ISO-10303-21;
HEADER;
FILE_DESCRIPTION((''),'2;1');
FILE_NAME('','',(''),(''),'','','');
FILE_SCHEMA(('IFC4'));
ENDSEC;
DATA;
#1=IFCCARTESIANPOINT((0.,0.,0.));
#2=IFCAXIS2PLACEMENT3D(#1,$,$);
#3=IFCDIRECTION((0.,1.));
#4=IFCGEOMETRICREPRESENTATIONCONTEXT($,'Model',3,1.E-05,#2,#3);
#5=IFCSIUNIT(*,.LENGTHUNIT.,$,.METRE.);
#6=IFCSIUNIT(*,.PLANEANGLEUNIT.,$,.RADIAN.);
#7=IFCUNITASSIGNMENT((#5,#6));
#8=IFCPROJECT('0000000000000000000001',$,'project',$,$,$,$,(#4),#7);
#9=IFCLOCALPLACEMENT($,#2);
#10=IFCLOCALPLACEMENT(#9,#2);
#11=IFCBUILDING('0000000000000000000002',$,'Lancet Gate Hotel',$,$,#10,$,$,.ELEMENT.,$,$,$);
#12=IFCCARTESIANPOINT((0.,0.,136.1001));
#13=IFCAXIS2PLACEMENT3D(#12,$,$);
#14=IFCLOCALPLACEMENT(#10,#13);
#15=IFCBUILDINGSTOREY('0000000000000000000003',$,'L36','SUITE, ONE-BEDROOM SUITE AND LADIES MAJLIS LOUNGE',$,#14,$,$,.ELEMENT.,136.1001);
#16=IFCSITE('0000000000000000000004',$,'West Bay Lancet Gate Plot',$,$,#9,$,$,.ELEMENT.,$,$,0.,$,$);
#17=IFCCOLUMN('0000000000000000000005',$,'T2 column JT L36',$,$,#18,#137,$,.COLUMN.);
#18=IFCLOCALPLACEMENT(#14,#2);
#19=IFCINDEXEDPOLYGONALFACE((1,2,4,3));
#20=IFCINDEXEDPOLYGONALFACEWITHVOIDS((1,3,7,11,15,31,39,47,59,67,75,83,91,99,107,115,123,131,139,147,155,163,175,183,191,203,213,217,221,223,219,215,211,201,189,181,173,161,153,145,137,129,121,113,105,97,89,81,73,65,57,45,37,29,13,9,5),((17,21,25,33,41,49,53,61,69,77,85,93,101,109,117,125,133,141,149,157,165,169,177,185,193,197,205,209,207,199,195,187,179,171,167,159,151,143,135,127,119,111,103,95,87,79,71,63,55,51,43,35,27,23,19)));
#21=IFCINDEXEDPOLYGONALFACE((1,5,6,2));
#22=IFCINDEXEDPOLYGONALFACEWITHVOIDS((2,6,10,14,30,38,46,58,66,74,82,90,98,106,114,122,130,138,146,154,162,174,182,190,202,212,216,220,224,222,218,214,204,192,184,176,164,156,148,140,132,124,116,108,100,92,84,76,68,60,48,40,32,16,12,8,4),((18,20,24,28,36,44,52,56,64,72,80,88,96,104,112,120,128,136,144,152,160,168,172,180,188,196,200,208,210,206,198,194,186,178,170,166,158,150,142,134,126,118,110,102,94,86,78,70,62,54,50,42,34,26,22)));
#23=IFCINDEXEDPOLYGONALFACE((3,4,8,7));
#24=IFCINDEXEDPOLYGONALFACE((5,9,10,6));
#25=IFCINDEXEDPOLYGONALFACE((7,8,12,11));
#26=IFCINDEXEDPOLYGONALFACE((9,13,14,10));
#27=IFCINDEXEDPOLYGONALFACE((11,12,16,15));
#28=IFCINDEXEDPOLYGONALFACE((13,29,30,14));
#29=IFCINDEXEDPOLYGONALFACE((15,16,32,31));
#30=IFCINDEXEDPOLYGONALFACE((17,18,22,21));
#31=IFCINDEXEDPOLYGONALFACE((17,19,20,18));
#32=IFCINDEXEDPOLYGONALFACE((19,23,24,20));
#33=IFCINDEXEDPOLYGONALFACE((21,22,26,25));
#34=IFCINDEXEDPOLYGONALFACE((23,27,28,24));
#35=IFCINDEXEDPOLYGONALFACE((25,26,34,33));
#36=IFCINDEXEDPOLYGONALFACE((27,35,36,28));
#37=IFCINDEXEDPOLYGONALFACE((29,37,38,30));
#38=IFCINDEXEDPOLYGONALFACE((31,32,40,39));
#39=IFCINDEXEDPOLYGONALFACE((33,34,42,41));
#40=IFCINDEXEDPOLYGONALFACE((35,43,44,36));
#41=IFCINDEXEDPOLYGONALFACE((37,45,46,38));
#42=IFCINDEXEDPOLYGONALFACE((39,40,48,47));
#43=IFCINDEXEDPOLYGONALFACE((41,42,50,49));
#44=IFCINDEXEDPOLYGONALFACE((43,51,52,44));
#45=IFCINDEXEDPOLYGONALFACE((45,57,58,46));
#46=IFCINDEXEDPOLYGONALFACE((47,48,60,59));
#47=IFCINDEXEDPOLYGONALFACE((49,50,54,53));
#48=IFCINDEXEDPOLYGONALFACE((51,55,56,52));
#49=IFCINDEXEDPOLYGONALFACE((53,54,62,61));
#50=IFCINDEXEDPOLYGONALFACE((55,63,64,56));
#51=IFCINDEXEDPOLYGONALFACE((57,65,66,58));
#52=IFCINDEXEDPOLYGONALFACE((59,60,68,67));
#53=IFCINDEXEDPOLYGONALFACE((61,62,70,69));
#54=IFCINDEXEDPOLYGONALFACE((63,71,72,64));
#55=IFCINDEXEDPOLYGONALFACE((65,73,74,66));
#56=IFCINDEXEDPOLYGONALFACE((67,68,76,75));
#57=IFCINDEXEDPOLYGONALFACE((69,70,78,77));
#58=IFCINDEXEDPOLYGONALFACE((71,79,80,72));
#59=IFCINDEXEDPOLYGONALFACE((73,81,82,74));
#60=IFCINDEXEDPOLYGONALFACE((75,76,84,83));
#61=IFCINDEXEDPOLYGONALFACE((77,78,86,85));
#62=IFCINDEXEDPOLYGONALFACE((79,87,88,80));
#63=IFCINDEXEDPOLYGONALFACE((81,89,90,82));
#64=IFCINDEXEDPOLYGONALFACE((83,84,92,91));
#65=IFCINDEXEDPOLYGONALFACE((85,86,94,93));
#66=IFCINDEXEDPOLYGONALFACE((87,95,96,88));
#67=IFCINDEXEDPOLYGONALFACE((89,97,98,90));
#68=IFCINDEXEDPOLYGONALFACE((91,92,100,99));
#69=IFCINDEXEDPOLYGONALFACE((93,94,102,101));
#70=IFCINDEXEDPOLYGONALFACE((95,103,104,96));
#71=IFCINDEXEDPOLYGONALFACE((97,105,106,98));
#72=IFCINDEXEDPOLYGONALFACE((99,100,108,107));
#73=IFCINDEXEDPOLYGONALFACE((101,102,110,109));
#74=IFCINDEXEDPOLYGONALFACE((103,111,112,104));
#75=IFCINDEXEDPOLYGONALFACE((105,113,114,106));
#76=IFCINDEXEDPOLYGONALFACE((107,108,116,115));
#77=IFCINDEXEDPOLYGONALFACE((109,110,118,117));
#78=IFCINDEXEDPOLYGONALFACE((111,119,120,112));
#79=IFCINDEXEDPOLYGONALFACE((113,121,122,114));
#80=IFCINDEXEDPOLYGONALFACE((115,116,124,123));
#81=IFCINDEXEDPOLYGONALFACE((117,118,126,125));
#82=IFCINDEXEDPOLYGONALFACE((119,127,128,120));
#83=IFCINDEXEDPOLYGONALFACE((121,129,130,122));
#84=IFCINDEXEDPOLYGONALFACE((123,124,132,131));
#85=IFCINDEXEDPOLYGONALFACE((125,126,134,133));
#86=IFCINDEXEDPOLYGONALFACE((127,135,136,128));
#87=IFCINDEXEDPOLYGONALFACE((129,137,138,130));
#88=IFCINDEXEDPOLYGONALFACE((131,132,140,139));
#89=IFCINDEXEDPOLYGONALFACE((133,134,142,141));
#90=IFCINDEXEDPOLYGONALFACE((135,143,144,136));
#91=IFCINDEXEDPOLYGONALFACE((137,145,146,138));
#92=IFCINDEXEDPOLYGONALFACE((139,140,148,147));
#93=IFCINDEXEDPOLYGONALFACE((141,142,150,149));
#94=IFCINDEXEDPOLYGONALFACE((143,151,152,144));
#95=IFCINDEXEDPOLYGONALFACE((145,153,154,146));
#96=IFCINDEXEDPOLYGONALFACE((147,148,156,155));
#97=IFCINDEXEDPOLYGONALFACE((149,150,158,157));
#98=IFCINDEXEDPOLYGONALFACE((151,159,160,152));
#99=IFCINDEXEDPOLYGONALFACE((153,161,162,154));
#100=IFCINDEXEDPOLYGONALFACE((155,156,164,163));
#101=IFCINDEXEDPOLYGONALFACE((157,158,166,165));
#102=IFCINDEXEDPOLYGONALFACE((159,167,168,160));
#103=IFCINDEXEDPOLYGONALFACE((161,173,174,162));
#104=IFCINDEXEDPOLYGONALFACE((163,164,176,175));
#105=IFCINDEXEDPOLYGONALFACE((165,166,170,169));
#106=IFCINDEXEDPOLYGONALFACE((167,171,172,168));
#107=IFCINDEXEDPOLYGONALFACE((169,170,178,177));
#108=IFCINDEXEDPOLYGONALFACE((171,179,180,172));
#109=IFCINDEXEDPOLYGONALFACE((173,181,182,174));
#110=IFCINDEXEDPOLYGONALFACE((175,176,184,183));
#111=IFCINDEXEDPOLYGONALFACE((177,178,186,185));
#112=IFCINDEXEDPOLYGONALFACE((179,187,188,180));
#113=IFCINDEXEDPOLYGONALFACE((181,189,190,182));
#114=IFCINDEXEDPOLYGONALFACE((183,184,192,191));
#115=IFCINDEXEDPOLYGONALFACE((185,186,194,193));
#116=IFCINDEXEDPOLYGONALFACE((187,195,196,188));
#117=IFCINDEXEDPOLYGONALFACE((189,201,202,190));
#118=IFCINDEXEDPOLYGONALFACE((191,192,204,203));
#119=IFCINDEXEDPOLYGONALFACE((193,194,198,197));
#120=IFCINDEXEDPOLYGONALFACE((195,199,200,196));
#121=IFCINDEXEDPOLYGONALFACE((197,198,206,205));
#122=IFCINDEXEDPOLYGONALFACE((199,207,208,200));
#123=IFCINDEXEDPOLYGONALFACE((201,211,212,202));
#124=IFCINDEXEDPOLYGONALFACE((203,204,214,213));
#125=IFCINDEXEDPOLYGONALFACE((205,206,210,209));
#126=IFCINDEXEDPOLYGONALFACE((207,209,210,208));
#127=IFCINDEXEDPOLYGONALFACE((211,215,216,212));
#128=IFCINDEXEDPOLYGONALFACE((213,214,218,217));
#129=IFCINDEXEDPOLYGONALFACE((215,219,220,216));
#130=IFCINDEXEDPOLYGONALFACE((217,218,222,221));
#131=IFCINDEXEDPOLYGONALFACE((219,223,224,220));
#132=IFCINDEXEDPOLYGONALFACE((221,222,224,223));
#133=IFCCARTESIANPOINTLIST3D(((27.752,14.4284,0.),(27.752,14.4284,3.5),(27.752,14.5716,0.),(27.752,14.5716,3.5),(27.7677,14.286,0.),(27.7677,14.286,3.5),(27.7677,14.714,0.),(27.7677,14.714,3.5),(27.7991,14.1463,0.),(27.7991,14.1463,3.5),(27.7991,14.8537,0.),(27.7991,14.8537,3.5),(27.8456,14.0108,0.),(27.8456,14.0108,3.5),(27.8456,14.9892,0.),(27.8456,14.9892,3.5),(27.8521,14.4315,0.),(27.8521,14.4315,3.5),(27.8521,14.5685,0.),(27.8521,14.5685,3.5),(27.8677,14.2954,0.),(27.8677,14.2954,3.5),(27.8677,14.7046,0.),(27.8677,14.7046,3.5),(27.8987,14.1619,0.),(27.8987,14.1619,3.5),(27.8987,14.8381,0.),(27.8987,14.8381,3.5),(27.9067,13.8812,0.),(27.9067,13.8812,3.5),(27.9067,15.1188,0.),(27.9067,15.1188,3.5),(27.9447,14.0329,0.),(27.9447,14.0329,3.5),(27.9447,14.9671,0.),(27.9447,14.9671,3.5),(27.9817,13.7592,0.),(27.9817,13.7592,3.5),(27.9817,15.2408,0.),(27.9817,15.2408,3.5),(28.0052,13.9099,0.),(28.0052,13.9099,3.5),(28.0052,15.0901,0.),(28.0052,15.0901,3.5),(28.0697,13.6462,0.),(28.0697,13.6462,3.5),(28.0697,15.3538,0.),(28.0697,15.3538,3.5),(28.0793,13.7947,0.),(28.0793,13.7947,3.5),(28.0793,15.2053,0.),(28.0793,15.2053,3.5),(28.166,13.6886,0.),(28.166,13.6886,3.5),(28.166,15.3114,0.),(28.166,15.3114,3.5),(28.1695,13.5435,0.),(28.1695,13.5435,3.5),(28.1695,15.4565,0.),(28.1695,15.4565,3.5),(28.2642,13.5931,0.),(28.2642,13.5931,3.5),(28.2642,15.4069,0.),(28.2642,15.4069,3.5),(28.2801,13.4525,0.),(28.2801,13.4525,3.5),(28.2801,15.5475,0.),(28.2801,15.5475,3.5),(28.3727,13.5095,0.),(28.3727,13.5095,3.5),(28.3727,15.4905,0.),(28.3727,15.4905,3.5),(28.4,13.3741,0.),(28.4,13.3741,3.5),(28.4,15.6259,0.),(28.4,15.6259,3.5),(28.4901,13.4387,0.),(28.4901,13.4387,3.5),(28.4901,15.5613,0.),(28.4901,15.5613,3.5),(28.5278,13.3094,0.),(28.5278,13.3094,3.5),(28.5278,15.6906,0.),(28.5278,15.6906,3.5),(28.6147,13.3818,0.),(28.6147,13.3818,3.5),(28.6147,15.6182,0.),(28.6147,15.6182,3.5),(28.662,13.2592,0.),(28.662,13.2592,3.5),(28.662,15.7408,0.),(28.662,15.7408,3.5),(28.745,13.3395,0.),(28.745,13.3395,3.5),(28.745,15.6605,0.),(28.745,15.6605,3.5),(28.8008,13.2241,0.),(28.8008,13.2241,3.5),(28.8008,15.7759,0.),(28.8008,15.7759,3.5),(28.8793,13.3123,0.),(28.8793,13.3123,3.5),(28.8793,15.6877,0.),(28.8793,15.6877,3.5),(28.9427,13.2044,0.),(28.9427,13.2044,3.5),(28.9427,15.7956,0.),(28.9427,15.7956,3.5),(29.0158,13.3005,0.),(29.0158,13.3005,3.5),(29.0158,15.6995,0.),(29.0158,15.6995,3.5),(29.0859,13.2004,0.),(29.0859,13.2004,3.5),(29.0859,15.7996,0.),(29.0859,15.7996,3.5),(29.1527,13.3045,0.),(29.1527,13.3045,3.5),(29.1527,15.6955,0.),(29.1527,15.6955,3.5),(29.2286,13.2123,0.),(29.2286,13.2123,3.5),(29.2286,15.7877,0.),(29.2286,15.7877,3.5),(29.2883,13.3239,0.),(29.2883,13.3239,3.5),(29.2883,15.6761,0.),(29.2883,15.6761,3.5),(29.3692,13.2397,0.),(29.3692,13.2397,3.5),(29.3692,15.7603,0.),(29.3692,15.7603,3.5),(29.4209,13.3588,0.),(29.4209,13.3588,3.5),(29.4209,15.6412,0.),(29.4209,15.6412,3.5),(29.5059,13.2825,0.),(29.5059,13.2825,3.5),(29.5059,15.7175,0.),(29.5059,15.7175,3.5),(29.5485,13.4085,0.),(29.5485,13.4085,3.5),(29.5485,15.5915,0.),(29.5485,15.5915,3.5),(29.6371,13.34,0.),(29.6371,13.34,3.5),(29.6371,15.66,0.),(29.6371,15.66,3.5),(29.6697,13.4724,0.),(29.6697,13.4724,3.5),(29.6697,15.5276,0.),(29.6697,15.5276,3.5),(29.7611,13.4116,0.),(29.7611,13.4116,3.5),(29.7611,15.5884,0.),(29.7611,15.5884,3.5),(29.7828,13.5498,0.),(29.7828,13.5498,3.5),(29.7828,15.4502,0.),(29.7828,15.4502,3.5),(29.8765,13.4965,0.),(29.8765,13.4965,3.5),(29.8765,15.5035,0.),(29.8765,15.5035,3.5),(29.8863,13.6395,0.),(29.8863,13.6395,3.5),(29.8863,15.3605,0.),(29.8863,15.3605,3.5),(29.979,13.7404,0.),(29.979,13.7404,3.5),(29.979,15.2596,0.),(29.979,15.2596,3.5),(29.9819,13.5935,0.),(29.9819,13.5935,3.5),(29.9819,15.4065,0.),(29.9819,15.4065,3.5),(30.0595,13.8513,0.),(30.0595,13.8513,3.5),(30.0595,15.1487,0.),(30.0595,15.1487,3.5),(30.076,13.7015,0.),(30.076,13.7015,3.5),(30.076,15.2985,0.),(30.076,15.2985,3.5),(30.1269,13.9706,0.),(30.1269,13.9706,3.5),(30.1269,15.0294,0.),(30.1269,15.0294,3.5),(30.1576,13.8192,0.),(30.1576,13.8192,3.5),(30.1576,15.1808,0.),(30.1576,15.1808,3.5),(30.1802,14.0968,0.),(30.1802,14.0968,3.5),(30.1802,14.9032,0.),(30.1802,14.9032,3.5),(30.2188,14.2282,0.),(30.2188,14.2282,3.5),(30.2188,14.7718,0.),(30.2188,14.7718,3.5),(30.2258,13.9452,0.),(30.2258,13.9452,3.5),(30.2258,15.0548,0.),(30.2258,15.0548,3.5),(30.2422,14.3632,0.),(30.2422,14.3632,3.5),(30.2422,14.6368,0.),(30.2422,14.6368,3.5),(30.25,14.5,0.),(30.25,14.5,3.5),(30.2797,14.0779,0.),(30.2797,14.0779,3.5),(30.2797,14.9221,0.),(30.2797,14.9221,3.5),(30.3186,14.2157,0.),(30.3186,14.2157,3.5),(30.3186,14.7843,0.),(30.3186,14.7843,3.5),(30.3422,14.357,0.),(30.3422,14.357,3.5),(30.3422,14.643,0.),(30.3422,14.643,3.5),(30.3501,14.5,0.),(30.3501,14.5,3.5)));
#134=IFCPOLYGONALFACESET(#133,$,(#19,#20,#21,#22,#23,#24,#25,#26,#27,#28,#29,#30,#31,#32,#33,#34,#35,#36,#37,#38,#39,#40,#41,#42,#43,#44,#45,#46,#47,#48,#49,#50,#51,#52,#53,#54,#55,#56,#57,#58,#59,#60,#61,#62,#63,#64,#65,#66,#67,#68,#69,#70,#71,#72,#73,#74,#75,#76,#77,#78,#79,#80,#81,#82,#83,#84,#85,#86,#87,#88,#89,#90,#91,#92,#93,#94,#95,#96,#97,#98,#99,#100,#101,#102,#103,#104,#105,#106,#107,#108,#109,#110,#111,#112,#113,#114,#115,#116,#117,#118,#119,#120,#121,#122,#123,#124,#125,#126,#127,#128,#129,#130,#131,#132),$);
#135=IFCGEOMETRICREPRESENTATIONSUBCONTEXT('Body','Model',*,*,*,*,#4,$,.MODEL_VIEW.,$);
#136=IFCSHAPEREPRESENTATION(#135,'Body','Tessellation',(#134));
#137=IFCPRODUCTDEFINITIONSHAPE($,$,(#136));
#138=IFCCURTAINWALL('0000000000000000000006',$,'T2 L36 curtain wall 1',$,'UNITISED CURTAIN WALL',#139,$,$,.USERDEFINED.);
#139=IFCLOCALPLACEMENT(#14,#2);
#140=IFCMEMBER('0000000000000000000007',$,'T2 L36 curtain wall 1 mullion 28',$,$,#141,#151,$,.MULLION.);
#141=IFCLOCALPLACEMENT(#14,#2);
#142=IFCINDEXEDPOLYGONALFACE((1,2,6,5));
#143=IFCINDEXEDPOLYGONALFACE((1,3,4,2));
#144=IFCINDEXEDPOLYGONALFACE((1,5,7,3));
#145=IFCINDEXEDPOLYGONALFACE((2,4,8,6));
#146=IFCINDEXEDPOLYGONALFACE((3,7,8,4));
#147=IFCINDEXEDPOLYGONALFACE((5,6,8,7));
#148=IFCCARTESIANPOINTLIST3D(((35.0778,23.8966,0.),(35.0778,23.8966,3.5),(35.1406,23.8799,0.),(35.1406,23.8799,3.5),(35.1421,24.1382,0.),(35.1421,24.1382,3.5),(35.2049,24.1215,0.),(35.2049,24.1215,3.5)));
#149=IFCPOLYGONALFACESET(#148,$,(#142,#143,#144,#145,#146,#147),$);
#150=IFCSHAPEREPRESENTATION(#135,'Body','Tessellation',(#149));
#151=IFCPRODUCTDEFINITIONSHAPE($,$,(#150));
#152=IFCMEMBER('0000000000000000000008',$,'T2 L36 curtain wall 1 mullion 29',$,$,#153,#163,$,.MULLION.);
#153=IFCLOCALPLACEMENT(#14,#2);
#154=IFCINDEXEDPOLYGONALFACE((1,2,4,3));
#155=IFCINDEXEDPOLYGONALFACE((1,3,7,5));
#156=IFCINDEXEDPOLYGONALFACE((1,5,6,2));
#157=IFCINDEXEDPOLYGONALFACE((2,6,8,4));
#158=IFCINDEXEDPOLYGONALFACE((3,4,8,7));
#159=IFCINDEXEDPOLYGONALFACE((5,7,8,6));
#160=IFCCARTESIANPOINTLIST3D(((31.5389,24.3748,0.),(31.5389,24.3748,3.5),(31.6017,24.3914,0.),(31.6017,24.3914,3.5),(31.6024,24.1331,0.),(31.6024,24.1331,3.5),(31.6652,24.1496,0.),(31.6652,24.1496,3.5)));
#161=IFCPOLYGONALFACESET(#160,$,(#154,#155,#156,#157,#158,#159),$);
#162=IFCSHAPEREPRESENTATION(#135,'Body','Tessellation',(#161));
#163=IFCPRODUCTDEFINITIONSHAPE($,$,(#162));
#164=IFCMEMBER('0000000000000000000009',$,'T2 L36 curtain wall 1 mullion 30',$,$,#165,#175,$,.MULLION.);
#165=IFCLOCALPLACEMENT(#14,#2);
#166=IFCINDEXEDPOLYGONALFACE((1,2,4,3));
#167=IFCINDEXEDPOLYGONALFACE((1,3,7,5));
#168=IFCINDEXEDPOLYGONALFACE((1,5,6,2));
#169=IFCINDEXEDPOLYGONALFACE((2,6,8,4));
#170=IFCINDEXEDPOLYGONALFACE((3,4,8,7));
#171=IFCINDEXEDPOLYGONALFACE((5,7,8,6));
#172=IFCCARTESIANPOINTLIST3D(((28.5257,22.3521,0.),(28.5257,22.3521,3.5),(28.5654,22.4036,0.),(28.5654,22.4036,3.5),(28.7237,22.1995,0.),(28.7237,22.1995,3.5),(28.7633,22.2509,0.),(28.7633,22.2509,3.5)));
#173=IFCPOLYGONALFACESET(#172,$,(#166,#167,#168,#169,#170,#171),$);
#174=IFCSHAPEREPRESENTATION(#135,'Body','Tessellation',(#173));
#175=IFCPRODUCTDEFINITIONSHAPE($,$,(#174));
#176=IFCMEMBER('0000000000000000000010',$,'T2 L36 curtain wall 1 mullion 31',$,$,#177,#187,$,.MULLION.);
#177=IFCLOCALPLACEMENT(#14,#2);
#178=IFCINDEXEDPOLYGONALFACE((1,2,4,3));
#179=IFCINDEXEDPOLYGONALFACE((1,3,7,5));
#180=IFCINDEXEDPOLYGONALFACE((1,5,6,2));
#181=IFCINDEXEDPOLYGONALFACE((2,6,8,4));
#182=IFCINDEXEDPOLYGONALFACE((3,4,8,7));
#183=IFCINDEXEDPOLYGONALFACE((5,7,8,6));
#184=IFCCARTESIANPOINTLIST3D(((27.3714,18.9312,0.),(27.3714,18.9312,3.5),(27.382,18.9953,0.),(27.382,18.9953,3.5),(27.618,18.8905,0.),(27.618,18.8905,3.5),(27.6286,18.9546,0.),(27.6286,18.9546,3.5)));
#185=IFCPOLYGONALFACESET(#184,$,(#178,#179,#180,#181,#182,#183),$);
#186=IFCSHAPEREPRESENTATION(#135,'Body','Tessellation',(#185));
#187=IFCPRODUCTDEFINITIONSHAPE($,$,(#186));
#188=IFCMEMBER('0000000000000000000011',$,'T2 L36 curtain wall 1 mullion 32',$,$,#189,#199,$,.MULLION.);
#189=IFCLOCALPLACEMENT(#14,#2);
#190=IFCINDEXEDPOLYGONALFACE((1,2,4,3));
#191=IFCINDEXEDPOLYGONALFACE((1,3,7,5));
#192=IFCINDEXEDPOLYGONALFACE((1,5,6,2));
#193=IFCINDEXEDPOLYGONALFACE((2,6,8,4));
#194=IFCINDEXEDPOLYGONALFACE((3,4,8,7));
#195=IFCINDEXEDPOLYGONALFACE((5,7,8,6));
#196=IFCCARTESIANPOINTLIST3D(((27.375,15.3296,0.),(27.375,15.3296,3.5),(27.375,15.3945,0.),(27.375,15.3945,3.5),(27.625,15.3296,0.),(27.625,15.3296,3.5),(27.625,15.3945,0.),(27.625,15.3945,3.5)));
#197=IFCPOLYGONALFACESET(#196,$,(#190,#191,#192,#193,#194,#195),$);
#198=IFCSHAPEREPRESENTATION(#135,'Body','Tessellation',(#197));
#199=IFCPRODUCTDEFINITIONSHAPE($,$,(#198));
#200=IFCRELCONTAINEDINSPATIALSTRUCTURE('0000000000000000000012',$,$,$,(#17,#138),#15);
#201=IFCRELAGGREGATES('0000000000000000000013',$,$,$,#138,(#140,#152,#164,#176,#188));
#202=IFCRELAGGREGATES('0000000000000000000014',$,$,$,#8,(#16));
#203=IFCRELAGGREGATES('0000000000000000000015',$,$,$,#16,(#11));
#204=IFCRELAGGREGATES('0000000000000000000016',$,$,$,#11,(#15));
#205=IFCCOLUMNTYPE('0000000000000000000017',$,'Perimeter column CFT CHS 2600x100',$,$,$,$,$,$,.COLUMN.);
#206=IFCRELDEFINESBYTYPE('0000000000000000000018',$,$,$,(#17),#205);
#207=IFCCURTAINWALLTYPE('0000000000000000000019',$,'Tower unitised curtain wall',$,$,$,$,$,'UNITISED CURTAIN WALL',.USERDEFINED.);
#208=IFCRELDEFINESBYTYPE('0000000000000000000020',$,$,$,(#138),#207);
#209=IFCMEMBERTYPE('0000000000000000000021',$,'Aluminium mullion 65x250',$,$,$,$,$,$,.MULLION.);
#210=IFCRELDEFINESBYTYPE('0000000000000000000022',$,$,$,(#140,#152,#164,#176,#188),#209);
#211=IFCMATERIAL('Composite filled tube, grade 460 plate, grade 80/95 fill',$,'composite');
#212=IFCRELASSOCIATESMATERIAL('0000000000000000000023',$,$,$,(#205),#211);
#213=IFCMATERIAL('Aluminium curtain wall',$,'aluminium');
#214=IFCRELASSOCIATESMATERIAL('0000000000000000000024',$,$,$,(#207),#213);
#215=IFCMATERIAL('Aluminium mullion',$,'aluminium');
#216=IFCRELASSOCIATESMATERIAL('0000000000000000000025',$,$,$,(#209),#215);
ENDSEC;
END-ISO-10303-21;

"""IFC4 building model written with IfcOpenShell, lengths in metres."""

from ifc_helpers import new_model, si_unit, direction, frame, origin, origin_2d, place, context, subcontext, project, spatial, rectangle, hollow_circle, extrude, material, material_profile, profile_set, type_object, element, aggregate, save


model = new_model("IFC4")

# Units and contexts
model_context = context("Model", 3, precision=1e-05, world=origin(), true_north=direction((0.0, 1.0)))
body_context = subcontext(model_context, "Body", "Model", "MODEL_VIEW")
ifc_project = project(units=[si_unit("LENGTHUNIT", "METRE"), si_unit("PLANEANGLEUNIT", "RADIAN")], contexts=[model_context])

# Site, building, storey
site_placement = place(None, origin())
site = spatial("IfcSite", under=ifc_project, at=site_placement, Name="West Bay Lancet Gate Plot", CompositionType="ELEMENT", RefElevation=0.0)
building_placement = place(site_placement, origin())
building = spatial("IfcBuilding", under=site, at=building_placement, Name="Lancet Gate Hotel", CompositionType="ELEMENT")
storey_placement = place(building_placement, frame((0.0, 0.0, 136.1001)))
storey = spatial("IfcBuildingStorey", under=building, at=storey_placement, Name="L36", Description="SUITE, ONE-BEDROOM SUITE AND LADIES MAJLIS LOUNGE", CompositionType="ELEMENT", Elevation=136.1001)

# Column
ifc_material_1 = material(Name="Composite filled tube, grade 460 plate, grade 80/95 fill", Category="composite")
ifc_material_profile_1 = material_profile(ifc_material_1, hollow_circle(Radius=1.3, WallThickness=0.1001, at=origin_2d()), Name="CHS 2600x100")
ifc_profile_set_1 = profile_set([ifc_material_profile_1], Name="Composite filled tube, grade 460 plate, grade 80/95 fill")
column_type = type_object("IfcColumnType", Name="Perimeter column CFT CHS 2600x100", PredefinedType="COLUMN", material=ifc_profile_set_1)
for number, where, z_axis, x_axis, name in (
    (1, (29.05, 14.5, 0.0), (0.0, 0.0, 1.0), (1.0, 0.0, 0.0), "T2 column JT L36"),
):
    element("IfcColumn", number, at=place(storey_placement, frame(where, z_axis=z_axis, x_axis=x_axis)), inside=storey, type_object=column_type, Name=name, PredefinedType="COLUMN", context=body_context, shape_type="SweptSolid", body=[
        extrude(hollow_circle(Radius=1.3, WallThickness=0.1001, at=origin_2d()), origin(), (0.0, 0.0, 1.0), 3.5),
    ])

# Curtain wall, members
ifc_material_2 = material(Name="Aluminium curtain wall", Category="aluminium")
curtain_wall_type = type_object("IfcCurtainWallType", Name="Tower unitised curtain wall", ElementType="UNITISED CURTAIN WALL", PredefinedType="USERDEFINED", material=ifc_material_2)
curtain_wall_placement = place(storey_placement, origin())
curtain_wall = element("IfcCurtainWall", 2, at=curtain_wall_placement, inside=storey, type_object=curtain_wall_type, Name="T2 L36 curtain wall 1", ObjectType="UNITISED CURTAIN WALL", PredefinedType="USERDEFINED")
ifc_material_3 = material(Name="Aluminium mullion", Category="aluminium")
ifc_material_profile_2 = material_profile(ifc_material_3, rectangle(XDim=0.0649, YDim=0.25, at=origin_2d()), Name="MULLION 65x250")
ifc_profile_set_2 = profile_set([ifc_material_profile_2], Name="Aluminium mullion")
member_type_1 = type_object("IfcMemberType", Name="Aluminium mullion 65x250", PredefinedType="MULLION", material=ifc_profile_set_2)
member_1_placement = place(storey_placement, frame((35.1414, 24.009, 0.0), z_axis=(0.0, 0.0, 1.0), x_axis=(-0.966317, 0.257353, 0.0)))
member_1 = element("IfcMember", 3, at=member_1_placement, type_object=member_type_1, Name="T2 L36 curtain wall 1 mullion 28", PredefinedType="MULLION", context=body_context, shape_type="SweptSolid", body=[
    extrude(rectangle(XDim=0.0649, YDim=0.25, at=origin_2d()), origin(), (0.0, 0.0, 1.0), 3.5),
])
member_2_placement = place(storey_placement, frame((31.6021, 24.2622, 0.0), z_axis=(0.0, 0.0, 1.0), x_axis=(-0.967157, -0.254179, 0.0)))
member_2 = element("IfcMember", 4, at=member_2_placement, type_object=member_type_1, Name="T2 L36 curtain wall 1 mullion 29", PredefinedType="MULLION", context=body_context, shape_type="SweptSolid", body=[
    extrude(rectangle(XDim=0.0649, YDim=0.25, at=origin_2d()), origin(), (0.0, 0.0, 1.0), 3.5),
])
member_3_placement = place(storey_placement, frame((28.6445, 22.3015, 0.0), z_axis=(0.0, 0.0, 1.0), x_axis=(-0.610664, -0.79189, 0.0)))
member_3 = element("IfcMember", 5, at=member_3_placement, type_object=member_type_1, Name="T2 L36 curtain wall 1 mullion 30", PredefinedType="MULLION", context=body_context, shape_type="SweptSolid", body=[
    extrude(rectangle(XDim=0.0649, YDim=0.25, at=origin_2d()), origin(), (0.0, 0.0, 1.0), 3.5),
])
member_4_placement = place(storey_placement, frame((27.5, 18.9429, 0.0), z_axis=(0.0, 0.0, 1.0), x_axis=(-0.162739, -0.986669, 0.0)))
member_4 = element("IfcMember", 6, at=member_4_placement, type_object=member_type_1, Name="T2 L36 curtain wall 1 mullion 31", PredefinedType="MULLION", context=body_context, shape_type="SweptSolid", body=[
    extrude(rectangle(XDim=0.0649, YDim=0.25, at=origin_2d()), origin(), (0.0, 0.0, 1.0), 3.5),
])
member_5_placement = place(storey_placement, frame((27.5, 15.3621, 0.0), z_axis=(0.0, 0.0, 1.0), x_axis=(0.0, -1.0, 0.0)))
member_5 = element("IfcMember", 7, at=member_5_placement, type_object=member_type_1, Name="T2 L36 curtain wall 1 mullion 32", PredefinedType="MULLION", context=body_context, shape_type="SweptSolid", body=[
    extrude(rectangle(XDim=0.0649, YDim=0.25, at=origin_2d()), origin(), (0.0, 0.0, 1.0), 3.5),
])

aggregate(curtain_wall, [member_1, member_2, member_3, member_4, member_5])

save(model, "model.ifc")
